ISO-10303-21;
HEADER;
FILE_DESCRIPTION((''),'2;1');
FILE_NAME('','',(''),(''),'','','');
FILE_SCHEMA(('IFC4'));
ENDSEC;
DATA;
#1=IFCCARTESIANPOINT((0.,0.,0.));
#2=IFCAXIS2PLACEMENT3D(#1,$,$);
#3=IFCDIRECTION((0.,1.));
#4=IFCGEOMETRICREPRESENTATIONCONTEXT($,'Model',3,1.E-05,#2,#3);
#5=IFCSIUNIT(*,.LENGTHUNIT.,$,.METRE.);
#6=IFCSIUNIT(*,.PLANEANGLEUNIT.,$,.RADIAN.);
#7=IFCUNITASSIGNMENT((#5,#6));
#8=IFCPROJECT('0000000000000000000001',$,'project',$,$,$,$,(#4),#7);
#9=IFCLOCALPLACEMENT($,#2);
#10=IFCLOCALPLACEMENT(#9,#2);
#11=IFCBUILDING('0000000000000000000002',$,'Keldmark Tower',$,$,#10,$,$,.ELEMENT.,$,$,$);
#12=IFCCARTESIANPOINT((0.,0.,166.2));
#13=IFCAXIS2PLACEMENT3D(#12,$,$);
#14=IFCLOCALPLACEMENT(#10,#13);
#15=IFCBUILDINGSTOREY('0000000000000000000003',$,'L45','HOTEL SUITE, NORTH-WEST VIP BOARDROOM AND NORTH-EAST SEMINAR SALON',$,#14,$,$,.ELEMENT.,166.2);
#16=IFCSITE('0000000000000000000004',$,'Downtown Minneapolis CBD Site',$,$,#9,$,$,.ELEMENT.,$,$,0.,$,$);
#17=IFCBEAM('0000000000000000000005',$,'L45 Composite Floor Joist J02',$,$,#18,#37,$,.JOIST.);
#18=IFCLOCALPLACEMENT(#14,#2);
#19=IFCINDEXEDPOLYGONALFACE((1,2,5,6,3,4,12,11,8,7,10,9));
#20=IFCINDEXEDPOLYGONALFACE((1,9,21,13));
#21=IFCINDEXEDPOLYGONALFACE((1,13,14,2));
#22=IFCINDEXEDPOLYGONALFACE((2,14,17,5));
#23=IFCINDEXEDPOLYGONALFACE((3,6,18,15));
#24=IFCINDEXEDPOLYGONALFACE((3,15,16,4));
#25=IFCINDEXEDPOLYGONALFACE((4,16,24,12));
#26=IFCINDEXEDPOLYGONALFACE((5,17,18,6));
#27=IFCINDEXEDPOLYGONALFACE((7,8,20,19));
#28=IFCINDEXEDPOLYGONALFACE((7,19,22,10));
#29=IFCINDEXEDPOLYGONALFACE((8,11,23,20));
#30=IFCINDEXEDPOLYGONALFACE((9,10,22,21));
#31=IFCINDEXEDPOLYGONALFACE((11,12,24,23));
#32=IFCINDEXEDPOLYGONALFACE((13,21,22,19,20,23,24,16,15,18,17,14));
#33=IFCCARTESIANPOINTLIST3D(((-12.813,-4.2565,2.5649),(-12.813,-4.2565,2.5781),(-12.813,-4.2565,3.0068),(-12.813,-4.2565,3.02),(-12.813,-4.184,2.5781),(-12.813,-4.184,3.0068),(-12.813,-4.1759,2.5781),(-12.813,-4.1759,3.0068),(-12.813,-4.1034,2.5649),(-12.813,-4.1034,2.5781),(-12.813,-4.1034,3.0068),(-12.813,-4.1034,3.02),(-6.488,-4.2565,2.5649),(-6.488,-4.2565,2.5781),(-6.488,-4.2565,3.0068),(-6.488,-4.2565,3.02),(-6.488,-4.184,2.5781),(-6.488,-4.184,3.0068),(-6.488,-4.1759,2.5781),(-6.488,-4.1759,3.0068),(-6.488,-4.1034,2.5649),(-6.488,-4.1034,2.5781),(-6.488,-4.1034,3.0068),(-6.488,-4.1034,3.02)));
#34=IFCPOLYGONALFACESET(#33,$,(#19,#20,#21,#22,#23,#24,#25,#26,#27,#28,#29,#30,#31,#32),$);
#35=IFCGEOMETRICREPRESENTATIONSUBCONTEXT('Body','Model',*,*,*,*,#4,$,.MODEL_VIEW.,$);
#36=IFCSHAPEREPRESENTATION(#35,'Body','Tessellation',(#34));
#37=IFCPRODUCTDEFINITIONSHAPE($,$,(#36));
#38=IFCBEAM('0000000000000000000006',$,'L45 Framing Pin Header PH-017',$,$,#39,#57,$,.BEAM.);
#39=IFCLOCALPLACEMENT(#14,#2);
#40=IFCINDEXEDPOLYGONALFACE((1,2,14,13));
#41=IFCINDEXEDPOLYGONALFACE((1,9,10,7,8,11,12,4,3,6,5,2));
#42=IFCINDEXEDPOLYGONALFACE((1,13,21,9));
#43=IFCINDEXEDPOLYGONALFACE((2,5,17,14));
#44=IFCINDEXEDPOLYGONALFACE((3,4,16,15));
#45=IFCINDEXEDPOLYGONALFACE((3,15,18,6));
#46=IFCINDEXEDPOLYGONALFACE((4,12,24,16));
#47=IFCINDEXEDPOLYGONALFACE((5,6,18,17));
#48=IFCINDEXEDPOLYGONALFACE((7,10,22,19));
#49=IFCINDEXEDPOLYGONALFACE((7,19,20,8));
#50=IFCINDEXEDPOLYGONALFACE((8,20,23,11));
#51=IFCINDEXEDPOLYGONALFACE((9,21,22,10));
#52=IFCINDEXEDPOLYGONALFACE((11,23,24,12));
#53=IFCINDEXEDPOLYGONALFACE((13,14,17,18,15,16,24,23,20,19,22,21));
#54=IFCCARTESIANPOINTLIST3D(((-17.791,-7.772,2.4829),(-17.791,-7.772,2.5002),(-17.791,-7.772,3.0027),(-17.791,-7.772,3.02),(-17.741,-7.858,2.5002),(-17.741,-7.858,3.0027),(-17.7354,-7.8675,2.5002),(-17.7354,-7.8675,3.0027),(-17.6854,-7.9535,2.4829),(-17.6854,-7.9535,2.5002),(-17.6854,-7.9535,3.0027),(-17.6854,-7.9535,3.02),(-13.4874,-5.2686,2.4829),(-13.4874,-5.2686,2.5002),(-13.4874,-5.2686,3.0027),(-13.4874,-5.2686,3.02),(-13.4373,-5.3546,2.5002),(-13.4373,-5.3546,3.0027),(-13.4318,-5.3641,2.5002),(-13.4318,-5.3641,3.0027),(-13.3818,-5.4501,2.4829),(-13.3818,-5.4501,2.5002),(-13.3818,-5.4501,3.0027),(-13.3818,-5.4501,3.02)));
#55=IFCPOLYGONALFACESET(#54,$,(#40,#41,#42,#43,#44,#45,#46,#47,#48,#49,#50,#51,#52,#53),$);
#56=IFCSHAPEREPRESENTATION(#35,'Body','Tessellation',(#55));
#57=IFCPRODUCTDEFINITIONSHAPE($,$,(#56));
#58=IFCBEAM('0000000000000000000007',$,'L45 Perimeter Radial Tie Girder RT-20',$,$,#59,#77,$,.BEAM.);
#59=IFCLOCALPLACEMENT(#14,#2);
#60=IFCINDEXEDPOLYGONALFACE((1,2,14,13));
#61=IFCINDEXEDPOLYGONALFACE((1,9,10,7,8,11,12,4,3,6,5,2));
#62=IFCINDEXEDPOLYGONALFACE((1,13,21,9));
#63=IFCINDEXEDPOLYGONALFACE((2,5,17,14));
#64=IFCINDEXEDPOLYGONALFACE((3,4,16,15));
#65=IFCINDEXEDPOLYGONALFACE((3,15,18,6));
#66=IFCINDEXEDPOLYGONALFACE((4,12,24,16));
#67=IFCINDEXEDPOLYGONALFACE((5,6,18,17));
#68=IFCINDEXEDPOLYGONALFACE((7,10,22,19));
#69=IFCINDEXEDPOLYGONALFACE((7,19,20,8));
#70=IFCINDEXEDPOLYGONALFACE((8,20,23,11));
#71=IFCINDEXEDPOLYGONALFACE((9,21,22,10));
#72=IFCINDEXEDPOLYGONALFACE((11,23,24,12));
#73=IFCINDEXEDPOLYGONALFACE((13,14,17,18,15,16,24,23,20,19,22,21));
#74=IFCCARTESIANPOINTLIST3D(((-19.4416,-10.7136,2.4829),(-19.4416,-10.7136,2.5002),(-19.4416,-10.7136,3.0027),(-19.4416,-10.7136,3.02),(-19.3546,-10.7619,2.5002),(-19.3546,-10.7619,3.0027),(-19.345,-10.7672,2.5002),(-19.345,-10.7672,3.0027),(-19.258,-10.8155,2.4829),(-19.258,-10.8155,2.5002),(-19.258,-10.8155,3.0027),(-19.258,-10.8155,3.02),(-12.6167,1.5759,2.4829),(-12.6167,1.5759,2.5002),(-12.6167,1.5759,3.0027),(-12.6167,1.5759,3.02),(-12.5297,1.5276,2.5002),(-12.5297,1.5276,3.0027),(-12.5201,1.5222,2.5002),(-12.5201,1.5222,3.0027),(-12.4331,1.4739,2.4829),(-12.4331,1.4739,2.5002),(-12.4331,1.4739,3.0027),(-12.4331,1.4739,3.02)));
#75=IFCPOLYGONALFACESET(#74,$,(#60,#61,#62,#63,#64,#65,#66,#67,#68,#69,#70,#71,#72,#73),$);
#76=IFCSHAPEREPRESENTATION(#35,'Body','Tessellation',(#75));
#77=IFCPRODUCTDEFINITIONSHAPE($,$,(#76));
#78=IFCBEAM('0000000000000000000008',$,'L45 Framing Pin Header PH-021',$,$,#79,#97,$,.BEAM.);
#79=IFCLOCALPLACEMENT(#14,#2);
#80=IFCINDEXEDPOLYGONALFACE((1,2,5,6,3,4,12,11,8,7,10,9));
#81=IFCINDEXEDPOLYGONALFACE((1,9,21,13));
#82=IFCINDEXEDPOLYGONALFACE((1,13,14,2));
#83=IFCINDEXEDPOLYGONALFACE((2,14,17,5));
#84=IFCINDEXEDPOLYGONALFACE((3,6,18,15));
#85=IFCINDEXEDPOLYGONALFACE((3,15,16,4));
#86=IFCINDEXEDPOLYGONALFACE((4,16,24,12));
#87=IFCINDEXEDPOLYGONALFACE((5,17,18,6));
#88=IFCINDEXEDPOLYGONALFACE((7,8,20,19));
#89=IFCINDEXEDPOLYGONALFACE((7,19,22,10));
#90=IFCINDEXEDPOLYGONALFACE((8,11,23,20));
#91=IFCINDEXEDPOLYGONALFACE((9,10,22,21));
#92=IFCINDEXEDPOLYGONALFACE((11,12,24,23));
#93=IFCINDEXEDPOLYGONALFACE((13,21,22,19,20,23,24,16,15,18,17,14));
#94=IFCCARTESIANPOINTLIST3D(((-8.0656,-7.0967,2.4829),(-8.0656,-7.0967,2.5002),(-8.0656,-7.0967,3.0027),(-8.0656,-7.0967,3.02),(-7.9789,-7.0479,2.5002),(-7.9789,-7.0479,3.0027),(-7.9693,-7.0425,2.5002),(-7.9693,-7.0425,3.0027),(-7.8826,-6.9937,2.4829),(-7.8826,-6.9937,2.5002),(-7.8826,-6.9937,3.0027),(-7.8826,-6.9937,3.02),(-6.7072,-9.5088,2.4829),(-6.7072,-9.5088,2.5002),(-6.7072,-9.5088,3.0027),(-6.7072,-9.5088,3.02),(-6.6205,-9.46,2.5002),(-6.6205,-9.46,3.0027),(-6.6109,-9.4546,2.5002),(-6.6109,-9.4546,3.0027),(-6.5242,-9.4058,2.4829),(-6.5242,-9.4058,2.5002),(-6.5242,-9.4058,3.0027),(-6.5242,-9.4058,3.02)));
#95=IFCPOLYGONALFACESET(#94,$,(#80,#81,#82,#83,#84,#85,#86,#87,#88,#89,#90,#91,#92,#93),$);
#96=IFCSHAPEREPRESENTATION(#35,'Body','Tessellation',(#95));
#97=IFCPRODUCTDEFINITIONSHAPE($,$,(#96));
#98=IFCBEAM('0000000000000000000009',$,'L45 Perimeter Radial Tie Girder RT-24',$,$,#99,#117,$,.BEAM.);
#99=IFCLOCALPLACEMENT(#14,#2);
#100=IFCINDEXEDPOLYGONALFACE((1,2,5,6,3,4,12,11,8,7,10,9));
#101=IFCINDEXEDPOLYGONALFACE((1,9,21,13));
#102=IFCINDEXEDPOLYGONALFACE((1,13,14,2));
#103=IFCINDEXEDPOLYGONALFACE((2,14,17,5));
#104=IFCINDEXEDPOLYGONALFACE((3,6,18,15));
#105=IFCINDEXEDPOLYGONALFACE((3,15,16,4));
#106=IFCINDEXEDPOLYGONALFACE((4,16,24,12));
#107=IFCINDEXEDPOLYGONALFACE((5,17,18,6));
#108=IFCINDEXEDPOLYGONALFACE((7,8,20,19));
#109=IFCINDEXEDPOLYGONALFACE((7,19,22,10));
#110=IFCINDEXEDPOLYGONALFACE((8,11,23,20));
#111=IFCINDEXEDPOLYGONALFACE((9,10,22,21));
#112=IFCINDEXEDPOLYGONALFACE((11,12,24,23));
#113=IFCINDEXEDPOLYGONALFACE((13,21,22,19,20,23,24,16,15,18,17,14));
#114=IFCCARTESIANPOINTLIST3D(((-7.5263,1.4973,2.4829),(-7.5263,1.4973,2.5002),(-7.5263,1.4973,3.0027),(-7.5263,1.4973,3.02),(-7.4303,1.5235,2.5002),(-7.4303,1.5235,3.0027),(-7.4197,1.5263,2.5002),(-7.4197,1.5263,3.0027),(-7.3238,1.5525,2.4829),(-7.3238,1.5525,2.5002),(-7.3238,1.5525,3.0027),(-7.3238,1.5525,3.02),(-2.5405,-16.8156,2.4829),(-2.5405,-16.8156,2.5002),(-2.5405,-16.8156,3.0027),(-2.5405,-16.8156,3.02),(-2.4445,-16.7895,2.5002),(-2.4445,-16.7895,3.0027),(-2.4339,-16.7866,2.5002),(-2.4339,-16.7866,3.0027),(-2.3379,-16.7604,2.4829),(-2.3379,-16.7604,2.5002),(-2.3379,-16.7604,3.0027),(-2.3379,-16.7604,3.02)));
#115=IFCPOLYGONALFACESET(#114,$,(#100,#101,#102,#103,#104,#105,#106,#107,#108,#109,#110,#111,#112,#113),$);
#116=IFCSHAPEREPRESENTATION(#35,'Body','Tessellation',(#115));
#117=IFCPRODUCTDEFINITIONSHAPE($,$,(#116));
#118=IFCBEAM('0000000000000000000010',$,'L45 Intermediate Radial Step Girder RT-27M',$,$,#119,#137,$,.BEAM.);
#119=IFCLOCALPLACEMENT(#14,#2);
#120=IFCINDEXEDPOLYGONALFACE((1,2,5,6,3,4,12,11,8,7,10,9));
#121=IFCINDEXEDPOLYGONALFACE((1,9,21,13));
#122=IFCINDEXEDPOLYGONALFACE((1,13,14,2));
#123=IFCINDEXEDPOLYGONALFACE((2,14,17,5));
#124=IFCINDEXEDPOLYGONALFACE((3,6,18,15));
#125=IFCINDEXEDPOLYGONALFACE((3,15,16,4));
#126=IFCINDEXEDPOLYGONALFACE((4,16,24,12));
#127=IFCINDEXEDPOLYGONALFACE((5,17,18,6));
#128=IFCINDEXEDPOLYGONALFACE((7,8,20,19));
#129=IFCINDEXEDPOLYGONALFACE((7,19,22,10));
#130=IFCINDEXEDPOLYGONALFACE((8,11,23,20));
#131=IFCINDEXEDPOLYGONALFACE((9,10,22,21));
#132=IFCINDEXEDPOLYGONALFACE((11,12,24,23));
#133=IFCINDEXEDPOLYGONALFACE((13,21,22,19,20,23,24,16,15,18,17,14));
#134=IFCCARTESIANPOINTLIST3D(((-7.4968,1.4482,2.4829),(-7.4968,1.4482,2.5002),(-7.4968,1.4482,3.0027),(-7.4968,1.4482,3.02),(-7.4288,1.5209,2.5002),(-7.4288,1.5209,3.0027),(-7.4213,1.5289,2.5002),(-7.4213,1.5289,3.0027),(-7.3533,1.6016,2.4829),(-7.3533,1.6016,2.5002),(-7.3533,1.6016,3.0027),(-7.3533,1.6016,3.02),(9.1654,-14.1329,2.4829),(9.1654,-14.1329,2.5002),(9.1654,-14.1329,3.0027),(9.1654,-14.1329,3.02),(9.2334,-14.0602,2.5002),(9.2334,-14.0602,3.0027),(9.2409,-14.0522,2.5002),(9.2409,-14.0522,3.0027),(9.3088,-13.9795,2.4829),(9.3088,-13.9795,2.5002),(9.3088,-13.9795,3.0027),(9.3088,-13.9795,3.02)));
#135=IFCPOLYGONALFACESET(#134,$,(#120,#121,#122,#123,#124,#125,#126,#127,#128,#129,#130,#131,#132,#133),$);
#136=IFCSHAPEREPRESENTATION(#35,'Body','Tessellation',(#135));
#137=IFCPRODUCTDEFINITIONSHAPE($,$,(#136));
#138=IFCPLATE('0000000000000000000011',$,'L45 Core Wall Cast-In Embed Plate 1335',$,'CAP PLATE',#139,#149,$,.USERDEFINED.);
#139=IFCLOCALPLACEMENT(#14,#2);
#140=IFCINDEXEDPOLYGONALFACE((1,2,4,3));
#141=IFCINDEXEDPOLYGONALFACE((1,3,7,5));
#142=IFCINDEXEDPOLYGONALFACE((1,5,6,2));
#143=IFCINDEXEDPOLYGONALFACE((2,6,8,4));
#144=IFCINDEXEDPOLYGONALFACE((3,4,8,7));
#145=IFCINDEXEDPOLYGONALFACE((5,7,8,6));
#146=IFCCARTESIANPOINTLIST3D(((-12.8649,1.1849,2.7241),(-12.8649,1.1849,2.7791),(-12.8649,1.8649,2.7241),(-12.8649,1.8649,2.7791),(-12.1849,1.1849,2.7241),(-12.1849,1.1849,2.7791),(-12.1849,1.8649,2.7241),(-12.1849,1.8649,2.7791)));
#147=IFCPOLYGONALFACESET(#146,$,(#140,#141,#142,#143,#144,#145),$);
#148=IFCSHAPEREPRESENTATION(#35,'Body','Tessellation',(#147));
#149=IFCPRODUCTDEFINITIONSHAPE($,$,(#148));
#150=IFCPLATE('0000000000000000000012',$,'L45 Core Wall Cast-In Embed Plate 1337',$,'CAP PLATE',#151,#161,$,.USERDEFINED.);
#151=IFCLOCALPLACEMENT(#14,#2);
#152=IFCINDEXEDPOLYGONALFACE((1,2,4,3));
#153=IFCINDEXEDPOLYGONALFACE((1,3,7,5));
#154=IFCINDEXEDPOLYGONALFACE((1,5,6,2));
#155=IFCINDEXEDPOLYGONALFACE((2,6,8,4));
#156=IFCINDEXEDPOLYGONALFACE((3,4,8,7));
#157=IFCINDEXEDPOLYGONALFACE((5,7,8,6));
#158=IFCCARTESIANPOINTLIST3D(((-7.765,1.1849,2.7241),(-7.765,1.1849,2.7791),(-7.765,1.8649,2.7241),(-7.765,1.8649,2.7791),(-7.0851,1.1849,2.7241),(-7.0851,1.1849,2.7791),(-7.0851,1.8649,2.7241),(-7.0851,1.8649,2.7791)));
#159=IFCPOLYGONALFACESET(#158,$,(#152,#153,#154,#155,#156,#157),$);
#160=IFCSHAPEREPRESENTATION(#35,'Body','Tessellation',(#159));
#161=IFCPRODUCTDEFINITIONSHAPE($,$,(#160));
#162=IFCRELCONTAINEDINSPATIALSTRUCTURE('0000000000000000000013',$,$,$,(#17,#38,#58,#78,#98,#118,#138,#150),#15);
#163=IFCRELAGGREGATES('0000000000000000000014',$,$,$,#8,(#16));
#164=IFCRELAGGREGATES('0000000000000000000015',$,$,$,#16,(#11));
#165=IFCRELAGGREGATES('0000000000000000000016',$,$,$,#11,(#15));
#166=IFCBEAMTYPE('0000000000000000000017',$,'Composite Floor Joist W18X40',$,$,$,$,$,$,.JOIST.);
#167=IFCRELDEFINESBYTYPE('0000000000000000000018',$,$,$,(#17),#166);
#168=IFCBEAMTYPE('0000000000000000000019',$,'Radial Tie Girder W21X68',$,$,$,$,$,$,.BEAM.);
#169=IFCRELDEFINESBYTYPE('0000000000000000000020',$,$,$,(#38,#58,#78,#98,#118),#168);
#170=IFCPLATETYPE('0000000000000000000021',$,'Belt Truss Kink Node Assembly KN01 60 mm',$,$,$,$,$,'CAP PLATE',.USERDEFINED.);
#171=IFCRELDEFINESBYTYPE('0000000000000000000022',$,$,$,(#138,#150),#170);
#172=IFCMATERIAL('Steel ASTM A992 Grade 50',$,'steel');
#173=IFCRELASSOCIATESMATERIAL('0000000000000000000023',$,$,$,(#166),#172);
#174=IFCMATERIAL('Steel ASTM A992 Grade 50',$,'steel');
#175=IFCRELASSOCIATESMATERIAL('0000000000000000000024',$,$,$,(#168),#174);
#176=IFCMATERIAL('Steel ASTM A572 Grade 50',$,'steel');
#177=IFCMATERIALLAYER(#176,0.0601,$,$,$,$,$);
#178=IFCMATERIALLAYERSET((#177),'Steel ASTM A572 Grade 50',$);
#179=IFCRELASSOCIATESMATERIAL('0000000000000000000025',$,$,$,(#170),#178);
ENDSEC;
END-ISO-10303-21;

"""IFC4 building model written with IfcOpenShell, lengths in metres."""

from ifc_helpers import new_model, si_unit, direction, frame, origin, origin_2d, place, context, subcontext, project, spatial, rectangle, i_section, extrude, material, layer, layer_set, material_profile, profile_set, type_object, element, save


model = new_model("IFC4")

# Units and contexts
model_context = context("Model", 3, precision=1e-05, world=origin(), true_north=direction((0.0, 1.0)))
body_context = subcontext(model_context, "Body", "Model", "MODEL_VIEW")
ifc_project = project(units=[si_unit("LENGTHUNIT", "METRE"), si_unit("PLANEANGLEUNIT", "RADIAN")], contexts=[model_context])

# Site, building, storey
site_placement = place(None, origin())
site = spatial("IfcSite", under=ifc_project, at=site_placement, Name="Downtown Minneapolis CBD Site", CompositionType="ELEMENT", RefElevation=0.0)
building_placement = place(site_placement, origin())
building = spatial("IfcBuilding", under=site, at=building_placement, Name="Keldmark Tower", CompositionType="ELEMENT")
storey_placement = place(building_placement, frame((0.0, 0.0, 166.2)))
storey = spatial("IfcBuildingStorey", under=building, at=storey_placement, Name="L45", Description="HOTEL SUITE, NORTH-WEST VIP BOARDROOM AND NORTH-EAST SEMINAR SALON", CompositionType="ELEMENT", Elevation=166.2)

# Beams
ifc_material_1 = material(Name="Steel ASTM A992 Grade 50", Category="steel")
ifc_material_profile_1 = material_profile(ifc_material_1, i_section(OverallWidth=0.1531, OverallDepth=0.4551, WebThickness=0.0081, FlangeThickness=0.0132, at=origin_2d()), Name="W18X40")
ifc_profile_set_1 = profile_set([ifc_material_profile_1], Name="Steel ASTM A992 Grade 50")
beam_type_1 = type_object("IfcBeamType", Name="Composite Floor Joist W18X40", PredefinedType="JOIST", material=ifc_profile_set_1)
beam_1_placement = place(storey_placement, frame((-12.813, -4.1799, 2.7925), z_axis=(1.0, 0.0, 0.0), x_axis=(0.0, 1.0, 0.0)))
element("IfcBeam", 1, at=beam_1_placement, inside=storey, type_object=beam_type_1, Name="L45 Composite Floor Joist J02", PredefinedType="JOIST", context=body_context, shape_type="SweptSolid", body=[
    extrude(i_section(OverallWidth=0.1531, OverallDepth=0.4551, WebThickness=0.0081, FlangeThickness=0.0132, at=origin_2d()), origin(), (0.0, 0.0, 1.0), 6.325),
])
ifc_material_2 = material(Name="Steel ASTM A992 Grade 50", Category="steel")
ifc_material_profile_2 = material_profile(ifc_material_2, i_section(OverallWidth=0.21, OverallDepth=0.5371, WebThickness=0.011, FlangeThickness=0.0173, at=origin_2d()), Name="W21X68")
ifc_profile_set_2 = profile_set([ifc_material_profile_2], Name="Steel ASTM A992 Grade 50")
beam_type_2 = type_object("IfcBeamType", Name="Radial Tie Girder W21X68", PredefinedType="BEAM", material=ifc_profile_set_2)
beam_2_placement = place(storey_placement, frame((-13.4346, -5.3594, 2.7515), z_axis=(-0.864397, -0.50281, 0.0), x_axis=(0.50281, -0.864397, 0.0)))
element("IfcBeam", 2, at=beam_2_placement, inside=storey, type_object=beam_type_2, Name="L45 Framing Pin Header PH-017", PredefinedType="BEAM", context=body_context, shape_type="SweptSolid", body=[
    extrude(i_section(OverallWidth=0.21, OverallDepth=0.5371, WebThickness=0.011, FlangeThickness=0.0173, at=origin_2d()), origin(), (0.0, 0.0, 1.0), 4.9788),
])
beam_3_placement = place(storey_placement, frame((-12.5249, 1.5249, 2.7515), z_axis=(-0.485503, -0.874235, 0.0), x_axis=(0.874235, -0.485503, 0.0)))
element("IfcBeam", 3, at=beam_3_placement, inside=storey, type_object=beam_type_2, Name="L45 Perimeter Radial Tie Girder RT-20", PredefinedType="BEAM", context=body_context, shape_type="SweptSolid", body=[
    extrude(i_section(OverallWidth=0.21, OverallDepth=0.5371, WebThickness=0.011, FlangeThickness=0.0173, at=origin_2d()), origin(), (0.0, 0.0, 1.0), 14.0574),
])
beam_4_placement = place(storey_placement, frame((-7.9741, -7.0452, 2.7515), z_axis=(0.490697, -0.87133, 0.0), x_axis=(0.87133, 0.490697, 0.0)))
element("IfcBeam", 4, at=beam_4_placement, inside=storey, type_object=beam_type_2, Name="L45 Framing Pin Header PH-021", PredefinedType="BEAM", context=body_context, shape_type="SweptSolid", body=[
    extrude(i_section(OverallWidth=0.21, OverallDepth=0.5371, WebThickness=0.011, FlangeThickness=0.0173, at=origin_2d()), origin(), (0.0, 0.0, 1.0), 2.7683),
])
beam_5_placement = place(storey_placement, frame((-7.425, 1.5249, 2.7515), z_axis=(0.262695, -0.964879, 0.0), x_axis=(0.964879, 0.262695, 0.0)))
element("IfcBeam", 5, at=beam_5_placement, inside=storey, type_object=beam_type_2, Name="L45 Perimeter Radial Tie Girder RT-24", PredefinedType="BEAM", context=body_context, shape_type="SweptSolid", body=[
    extrude(i_section(OverallWidth=0.21, OverallDepth=0.5371, WebThickness=0.011, FlangeThickness=0.0173, at=origin_2d()), origin(), (0.0, 0.0, 1.0), 18.9795),
])
beam_6_placement = place(storey_placement, frame((-7.425, 1.5249, 2.7515), z_axis=(0.730404, -0.683015, 0.0), x_axis=(0.683015, 0.730404, 0.0)))
element("IfcBeam", 6, at=beam_6_placement, inside=storey, type_object=beam_type_2, Name="L45 Intermediate Radial Step Girder RT-27M", PredefinedType="BEAM", context=body_context, shape_type="SweptSolid", body=[
    extrude(i_section(OverallWidth=0.21, OverallDepth=0.5371, WebThickness=0.011, FlangeThickness=0.0173, at=origin_2d()), origin(), (0.0, 0.0, 1.0), 22.8123),
])

# Plates
ifc_material_3 = material(Name="Steel ASTM A572 Grade 50", Category="steel")
ifc_layer_1 = layer(ifc_material_3, 0.0601)
ifc_layer_set_1 = layer_set([ifc_layer_1], Name="Steel ASTM A572 Grade 50")
plate_type = type_object("IfcPlateType", Name="Belt Truss Kink Node Assembly KN01 60 mm", ElementType="CAP PLATE", PredefinedType="USERDEFINED", material=ifc_layer_set_1)
for number, where, z_axis, x_axis, name in (
    (7, (-12.5249, 1.5249, 2.7241), (0.0, 0.0, 1.0), (1.0, 0.0, 0.0), "L45 Core Wall Cast-In Embed Plate 1335"),
    (8, (-7.425, 1.5249, 2.7241), (0.0, 0.0, 1.0), (1.0, 0.0, 0.0), "L45 Core Wall Cast-In Embed Plate 1337"),
):
    element("IfcPlate", number, at=place(storey_placement, frame(where, z_axis=z_axis, x_axis=x_axis)), inside=storey, type_object=plate_type, Name=name, ObjectType="CAP PLATE", PredefinedType="USERDEFINED", context=body_context, shape_type="SweptSolid", body=[
        extrude(rectangle(XDim=0.6799, YDim=0.6799, at=origin_2d()), origin(), (0.0, 0.0, 1.0), 0.0549),
    ])

save(model, "model.ifc")
